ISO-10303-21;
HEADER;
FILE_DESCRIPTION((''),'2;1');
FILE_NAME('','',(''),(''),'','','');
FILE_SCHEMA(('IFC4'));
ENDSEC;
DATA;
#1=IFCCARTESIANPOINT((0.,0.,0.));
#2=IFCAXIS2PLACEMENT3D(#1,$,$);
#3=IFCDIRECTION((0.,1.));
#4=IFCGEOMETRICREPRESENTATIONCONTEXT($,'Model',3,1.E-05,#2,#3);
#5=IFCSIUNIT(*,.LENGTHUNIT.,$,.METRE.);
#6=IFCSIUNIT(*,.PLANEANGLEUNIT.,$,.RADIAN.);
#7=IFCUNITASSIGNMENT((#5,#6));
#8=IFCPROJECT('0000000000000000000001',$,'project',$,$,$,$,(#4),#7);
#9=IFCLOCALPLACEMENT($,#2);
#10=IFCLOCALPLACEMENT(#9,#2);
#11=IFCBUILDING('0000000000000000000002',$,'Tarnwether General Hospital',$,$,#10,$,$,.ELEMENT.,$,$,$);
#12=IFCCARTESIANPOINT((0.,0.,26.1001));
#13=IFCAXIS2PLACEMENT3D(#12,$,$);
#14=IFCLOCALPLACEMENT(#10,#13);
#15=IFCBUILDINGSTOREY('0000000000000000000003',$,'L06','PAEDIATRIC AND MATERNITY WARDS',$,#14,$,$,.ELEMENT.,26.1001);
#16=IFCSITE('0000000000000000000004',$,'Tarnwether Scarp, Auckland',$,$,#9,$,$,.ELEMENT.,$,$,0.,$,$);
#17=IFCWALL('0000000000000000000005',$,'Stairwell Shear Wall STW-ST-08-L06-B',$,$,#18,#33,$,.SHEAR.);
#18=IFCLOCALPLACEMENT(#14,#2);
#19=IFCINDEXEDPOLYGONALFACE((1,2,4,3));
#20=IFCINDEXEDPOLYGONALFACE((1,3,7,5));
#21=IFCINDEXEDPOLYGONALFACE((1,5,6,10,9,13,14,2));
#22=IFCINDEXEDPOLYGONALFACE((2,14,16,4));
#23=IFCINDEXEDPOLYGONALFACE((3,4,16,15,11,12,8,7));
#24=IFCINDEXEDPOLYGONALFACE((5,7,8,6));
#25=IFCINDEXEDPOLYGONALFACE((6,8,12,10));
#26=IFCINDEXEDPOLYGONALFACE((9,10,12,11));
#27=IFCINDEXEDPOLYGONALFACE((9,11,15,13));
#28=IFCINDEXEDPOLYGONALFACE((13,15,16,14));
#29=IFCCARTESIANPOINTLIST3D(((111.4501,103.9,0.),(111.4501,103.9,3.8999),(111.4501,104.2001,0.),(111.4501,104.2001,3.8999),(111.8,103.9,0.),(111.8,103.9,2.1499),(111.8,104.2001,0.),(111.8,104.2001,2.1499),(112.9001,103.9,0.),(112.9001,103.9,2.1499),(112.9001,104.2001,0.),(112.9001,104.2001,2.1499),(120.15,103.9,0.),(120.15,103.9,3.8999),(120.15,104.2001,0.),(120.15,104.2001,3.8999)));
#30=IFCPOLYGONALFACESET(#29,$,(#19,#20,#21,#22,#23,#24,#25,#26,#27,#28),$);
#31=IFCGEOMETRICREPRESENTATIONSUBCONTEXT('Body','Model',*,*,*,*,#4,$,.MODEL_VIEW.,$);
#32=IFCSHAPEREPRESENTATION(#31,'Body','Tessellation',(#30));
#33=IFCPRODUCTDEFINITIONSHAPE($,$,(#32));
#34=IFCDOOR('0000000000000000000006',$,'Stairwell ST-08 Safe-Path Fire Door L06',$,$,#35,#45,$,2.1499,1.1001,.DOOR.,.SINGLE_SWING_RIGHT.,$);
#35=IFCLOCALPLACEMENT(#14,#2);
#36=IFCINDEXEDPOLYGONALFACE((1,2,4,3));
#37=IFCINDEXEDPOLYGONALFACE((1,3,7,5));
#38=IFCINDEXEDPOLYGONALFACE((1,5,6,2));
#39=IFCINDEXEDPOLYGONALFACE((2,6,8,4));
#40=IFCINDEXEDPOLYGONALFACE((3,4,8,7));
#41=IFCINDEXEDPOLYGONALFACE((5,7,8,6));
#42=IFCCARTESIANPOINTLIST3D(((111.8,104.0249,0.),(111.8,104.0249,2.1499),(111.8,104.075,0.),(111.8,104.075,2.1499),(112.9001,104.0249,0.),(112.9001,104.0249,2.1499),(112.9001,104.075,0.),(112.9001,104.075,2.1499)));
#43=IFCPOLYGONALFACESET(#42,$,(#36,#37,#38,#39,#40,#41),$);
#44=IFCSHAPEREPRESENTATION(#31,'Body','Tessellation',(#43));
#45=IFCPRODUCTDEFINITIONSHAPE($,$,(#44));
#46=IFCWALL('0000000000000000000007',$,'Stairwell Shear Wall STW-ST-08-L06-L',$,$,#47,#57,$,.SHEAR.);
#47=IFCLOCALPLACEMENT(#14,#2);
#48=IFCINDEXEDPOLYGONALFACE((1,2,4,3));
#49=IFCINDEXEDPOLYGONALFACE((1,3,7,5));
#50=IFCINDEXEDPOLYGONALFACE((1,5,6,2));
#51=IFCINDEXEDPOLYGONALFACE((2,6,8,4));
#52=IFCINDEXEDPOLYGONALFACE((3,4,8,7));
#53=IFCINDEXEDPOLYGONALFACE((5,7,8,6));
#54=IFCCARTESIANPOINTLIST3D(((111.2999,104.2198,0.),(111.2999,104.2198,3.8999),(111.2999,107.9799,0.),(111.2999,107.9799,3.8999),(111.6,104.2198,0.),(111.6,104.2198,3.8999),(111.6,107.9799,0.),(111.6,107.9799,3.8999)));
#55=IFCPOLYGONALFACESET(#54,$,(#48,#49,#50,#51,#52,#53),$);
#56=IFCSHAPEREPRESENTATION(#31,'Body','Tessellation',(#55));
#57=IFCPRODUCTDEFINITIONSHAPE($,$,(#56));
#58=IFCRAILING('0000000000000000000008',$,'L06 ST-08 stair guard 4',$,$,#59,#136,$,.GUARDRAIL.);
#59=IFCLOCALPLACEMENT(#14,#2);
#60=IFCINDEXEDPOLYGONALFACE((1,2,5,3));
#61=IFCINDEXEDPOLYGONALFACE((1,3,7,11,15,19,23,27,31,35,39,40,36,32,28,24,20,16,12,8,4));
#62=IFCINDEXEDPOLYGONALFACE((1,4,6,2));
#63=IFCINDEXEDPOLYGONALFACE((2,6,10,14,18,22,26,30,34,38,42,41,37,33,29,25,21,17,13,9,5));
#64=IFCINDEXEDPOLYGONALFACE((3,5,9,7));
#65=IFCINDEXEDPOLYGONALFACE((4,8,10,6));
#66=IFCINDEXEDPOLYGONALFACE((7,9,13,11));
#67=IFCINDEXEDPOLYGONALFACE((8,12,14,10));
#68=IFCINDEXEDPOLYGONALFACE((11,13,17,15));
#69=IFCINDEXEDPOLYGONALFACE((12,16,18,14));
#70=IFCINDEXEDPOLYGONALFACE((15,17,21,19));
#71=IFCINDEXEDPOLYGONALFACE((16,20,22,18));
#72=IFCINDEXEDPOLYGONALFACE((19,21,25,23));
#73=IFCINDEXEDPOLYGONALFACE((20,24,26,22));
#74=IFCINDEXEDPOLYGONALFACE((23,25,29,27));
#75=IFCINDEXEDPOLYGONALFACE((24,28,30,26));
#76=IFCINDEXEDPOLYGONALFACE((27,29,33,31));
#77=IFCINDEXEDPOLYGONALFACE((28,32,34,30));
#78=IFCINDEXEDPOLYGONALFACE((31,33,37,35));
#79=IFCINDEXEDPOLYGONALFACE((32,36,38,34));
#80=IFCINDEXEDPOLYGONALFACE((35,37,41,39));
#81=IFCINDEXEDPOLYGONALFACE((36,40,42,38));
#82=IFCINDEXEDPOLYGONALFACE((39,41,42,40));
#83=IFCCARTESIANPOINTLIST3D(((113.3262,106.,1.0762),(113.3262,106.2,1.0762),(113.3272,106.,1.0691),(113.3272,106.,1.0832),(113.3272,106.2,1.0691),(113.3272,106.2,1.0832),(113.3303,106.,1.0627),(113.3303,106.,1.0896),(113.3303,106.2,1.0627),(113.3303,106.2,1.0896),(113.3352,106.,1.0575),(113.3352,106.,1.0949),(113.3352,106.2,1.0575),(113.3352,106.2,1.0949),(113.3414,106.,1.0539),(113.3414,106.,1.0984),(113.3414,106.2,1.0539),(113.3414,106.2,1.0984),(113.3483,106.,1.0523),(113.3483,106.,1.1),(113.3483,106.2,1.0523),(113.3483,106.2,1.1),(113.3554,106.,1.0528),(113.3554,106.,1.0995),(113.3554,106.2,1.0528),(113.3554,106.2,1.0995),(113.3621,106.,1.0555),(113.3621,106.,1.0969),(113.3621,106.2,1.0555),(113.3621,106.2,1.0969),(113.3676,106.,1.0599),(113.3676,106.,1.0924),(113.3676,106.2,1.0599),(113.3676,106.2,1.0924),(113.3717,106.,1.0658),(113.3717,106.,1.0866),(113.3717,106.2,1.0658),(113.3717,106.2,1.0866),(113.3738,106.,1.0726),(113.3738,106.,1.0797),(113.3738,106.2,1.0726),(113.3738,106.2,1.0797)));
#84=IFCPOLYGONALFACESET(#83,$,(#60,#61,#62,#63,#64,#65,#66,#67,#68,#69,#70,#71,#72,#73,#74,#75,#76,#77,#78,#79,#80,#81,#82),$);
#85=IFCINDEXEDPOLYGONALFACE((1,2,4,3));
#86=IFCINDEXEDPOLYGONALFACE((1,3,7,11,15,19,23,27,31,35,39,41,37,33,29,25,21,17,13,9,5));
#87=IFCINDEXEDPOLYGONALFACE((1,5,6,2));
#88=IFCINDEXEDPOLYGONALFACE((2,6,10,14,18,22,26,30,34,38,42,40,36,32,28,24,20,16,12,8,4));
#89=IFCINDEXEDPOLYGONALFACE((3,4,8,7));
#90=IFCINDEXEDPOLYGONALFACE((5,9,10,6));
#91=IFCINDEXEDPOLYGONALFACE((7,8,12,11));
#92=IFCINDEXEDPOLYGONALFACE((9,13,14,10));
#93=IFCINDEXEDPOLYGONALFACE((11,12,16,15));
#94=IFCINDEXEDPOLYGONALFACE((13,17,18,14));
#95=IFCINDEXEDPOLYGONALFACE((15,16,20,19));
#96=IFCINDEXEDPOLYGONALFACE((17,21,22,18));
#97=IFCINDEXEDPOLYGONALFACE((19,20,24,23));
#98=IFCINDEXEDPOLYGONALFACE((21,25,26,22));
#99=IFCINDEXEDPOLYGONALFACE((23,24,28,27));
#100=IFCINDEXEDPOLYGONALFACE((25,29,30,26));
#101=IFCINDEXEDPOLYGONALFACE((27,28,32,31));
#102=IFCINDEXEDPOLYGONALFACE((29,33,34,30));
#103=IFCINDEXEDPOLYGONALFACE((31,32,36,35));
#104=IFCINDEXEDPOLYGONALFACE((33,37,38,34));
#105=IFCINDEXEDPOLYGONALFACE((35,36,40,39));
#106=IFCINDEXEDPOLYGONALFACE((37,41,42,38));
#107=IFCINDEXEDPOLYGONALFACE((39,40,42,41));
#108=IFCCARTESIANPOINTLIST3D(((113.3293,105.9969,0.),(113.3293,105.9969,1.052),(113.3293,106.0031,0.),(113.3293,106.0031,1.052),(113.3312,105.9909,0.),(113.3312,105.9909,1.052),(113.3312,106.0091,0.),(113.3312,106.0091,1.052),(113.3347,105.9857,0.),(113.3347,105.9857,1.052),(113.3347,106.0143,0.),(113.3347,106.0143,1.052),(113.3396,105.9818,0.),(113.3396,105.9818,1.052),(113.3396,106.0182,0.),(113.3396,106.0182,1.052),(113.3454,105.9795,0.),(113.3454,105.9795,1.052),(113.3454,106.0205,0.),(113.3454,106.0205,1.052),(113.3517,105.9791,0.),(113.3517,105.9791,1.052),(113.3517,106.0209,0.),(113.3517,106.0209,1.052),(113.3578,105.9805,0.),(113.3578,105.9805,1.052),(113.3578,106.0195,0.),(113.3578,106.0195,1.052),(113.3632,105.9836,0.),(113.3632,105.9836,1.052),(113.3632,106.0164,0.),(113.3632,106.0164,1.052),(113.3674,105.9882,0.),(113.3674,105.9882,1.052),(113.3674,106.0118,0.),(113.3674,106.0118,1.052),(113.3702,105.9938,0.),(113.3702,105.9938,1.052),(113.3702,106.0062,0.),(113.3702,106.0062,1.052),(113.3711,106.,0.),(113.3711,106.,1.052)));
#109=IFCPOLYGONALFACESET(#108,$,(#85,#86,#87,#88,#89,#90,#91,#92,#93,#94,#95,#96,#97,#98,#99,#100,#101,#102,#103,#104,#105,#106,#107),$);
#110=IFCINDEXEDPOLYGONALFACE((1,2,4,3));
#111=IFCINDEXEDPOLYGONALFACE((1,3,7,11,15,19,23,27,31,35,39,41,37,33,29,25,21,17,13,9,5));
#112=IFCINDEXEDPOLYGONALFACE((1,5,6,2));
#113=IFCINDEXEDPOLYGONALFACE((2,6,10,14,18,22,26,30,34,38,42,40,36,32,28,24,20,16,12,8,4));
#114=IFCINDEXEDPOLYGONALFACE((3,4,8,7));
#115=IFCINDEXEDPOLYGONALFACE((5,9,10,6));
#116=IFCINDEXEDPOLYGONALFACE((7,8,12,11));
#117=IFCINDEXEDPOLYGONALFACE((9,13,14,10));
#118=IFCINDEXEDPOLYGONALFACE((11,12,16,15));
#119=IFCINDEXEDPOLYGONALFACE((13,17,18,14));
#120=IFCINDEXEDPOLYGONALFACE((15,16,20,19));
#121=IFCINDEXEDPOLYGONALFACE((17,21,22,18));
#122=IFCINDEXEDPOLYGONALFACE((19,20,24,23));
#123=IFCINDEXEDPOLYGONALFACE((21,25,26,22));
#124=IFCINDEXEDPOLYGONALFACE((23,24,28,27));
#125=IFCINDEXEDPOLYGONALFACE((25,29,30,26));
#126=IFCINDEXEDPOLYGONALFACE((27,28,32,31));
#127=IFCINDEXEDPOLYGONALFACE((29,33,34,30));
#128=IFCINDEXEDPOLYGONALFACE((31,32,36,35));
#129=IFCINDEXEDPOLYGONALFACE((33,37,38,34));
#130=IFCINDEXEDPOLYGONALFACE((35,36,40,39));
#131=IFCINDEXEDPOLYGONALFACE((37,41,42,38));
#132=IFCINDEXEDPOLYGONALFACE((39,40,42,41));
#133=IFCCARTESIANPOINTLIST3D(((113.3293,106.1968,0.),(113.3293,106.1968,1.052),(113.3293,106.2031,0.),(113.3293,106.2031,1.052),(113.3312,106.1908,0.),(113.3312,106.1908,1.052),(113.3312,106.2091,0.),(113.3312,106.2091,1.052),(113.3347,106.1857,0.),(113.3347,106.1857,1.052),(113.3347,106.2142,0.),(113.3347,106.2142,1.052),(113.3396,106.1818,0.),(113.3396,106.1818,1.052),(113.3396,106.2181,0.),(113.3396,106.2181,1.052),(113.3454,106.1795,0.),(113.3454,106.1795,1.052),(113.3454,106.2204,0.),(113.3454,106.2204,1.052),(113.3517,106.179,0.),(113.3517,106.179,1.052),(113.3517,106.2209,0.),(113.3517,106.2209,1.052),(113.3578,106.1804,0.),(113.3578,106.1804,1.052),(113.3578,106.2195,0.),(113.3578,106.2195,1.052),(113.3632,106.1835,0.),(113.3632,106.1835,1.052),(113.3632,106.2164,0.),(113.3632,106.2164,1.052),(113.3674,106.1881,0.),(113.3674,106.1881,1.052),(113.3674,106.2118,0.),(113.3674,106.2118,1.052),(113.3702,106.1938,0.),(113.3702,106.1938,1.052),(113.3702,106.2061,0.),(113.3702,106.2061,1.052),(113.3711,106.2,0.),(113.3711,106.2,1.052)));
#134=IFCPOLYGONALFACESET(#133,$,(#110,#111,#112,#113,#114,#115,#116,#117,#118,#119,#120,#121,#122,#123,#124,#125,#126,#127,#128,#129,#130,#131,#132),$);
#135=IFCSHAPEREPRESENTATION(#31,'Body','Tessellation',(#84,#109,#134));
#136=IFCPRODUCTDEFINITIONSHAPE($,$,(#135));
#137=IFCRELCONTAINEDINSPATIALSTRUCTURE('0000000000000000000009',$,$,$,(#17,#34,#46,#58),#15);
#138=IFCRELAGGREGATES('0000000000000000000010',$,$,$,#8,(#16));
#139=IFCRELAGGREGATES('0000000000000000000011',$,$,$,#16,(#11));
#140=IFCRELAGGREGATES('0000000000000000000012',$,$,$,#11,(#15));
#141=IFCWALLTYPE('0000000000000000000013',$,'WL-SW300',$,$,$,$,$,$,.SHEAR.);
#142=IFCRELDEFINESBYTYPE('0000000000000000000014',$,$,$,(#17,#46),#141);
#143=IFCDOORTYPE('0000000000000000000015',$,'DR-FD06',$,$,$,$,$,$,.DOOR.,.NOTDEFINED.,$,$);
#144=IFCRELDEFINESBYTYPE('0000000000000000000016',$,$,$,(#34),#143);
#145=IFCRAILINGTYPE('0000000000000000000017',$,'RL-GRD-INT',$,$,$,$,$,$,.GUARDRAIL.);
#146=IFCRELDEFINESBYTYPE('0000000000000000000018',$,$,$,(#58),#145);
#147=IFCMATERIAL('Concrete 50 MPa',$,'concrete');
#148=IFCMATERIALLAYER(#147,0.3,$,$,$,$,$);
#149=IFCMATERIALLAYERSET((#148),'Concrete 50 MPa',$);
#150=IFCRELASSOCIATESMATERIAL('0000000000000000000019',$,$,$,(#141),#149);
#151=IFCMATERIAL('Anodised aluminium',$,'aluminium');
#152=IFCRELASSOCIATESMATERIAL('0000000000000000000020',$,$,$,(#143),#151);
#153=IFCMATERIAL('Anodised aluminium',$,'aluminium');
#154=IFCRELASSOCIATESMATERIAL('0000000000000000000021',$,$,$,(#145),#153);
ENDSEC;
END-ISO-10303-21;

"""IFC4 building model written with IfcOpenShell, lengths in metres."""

from ifc_helpers import new_model, si_unit, direction, frame, frame_2d, origin, origin_2d, place, context, subcontext, project, spatial, rectangle, circle, extrude, material, layer, layer_set, type_object, element, fill, save


model = new_model("IFC4")

# Units and contexts
model_context = context("Model", 3, precision=1e-05, world=origin(), true_north=direction((0.0, 1.0)))
body_context = subcontext(model_context, "Body", "Model", "MODEL_VIEW")
ifc_project = project(units=[si_unit("LENGTHUNIT", "METRE"), si_unit("PLANEANGLEUNIT", "RADIAN")], contexts=[model_context])

# Site, building, storey
site_placement = place(None, origin())
site = spatial("IfcSite", under=ifc_project, at=site_placement, Name="Tarnwether Scarp, Auckland", CompositionType="ELEMENT", RefElevation=0.0)
building_placement = place(site_placement, origin())
building = spatial("IfcBuilding", under=site, at=building_placement, Name="Tarnwether General Hospital", CompositionType="ELEMENT")
storey_placement = place(building_placement, frame((0.0, 0.0, 26.1001)))
storey = spatial("IfcBuildingStorey", under=building, at=storey_placement, Name="L06", Description="PAEDIATRIC AND MATERNITY WARDS", CompositionType="ELEMENT", Elevation=26.1001)

# Wall, opening, door
ifc_material_1 = material(Name="Concrete 50 MPa", Category="concrete")
ifc_layer_1 = layer(ifc_material_1, 0.3)
ifc_layer_set_1 = layer_set([ifc_layer_1], Name="Concrete 50 MPa")
wall_type_1 = type_object("IfcWallType", Name="WL-SW300", PredefinedType="SHEAR", material=ifc_layer_set_1)
wall_1_placement = place(storey_placement, frame((111.45, 104.05, 0.0), z_axis=(0.0, 0.0, 1.0), x_axis=(1.0, 0.0, 0.0)))
wall_1 = element("IfcWall", 1, at=wall_1_placement, inside=storey, type_object=wall_type_1, Name="Stairwell Shear Wall STW-ST-08-L06-B", PredefinedType="SHEAR", context=body_context, shape_type="SweptSolid", body=[
    extrude(rectangle(XDim=8.7, YDim=0.3, at=frame_2d((4.3501, 0.0))), origin(), (0.0, 0.0, 1.0), 3.8999),
])
opening_placement = place(wall_1_placement, frame((0.3501, 0.0, 0.0)))
opening = element("IfcOpeningElement", 2, at=opening_placement, cuts=wall_1, PredefinedType="OPENING", context=body_context, shape_type="SweptSolid", body=[
    extrude(rectangle(XDim=1.1001, YDim=2.1499, at=frame_2d((0.55, 1.075))), frame((0.0, 0.1602, 0.0), z_axis=(0.0, -1.0, 0.0), x_axis=(1.0, 0.0, 0.0)), (0.0, 0.0, 1.0), 0.3201),
])
ifc_material_2 = material(Name="Anodised aluminium", Category="aluminium")
door_type = type_object("IfcDoorType", Name="DR-FD06", OperationType="NOTDEFINED", PredefinedType="DOOR", material=ifc_material_2)
door_placement = place(opening_placement, origin())
door = element("IfcDoor", 3, at=door_placement, inside=storey, type_object=door_type, Name="Stairwell ST-08 Safe-Path Fire Door L06", OperationType="SINGLE_SWING_RIGHT", OverallHeight=2.1499, OverallWidth=1.1001, PredefinedType="DOOR", context=body_context, shape_type="SweptSolid", body=[
    extrude(rectangle(XDim=1.1001, YDim=2.1499, at=frame_2d((0.55, 1.075))), frame((0.0, 0.0249, 0.0), z_axis=(0.0, -1.0, 0.0), x_axis=(1.0, 0.0, 0.0)), (0.0, 0.0, 1.0), 0.05),
])
fill(opening, door)

# Wall
wall_2_placement = place(storey_placement, frame((111.45, 104.22, 0.0), z_axis=(0.0, 0.0, 1.0), x_axis=(0.0, 1.0, 0.0)))
element("IfcWall", 4, at=wall_2_placement, inside=storey, type_object=wall_type_1, Name="Stairwell Shear Wall STW-ST-08-L06-L", PredefinedType="SHEAR", context=body_context, shape_type="SweptSolid", body=[
    extrude(rectangle(XDim=3.76, YDim=0.3, at=frame_2d((1.8799, 0.0))), origin(), (0.0, 0.0, 1.0), 3.8999),
])

# Railing
ifc_material_3 = material(Name="Anodised aluminium", Category="aluminium")
railing_type = type_object("IfcRailingType", Name="RL-GRD-INT", PredefinedType="GUARDRAIL", material=ifc_material_3)
railing_placement = place(storey_placement, frame((113.3501, 106.0, 0.0)))
element("IfcRailing", 5, at=railing_placement, inside=storey, type_object=railing_type, Name="L06 ST-08 stair guard 4", PredefinedType="GUARDRAIL", context=body_context, shape_type="SweptSolid", body=[
    extrude(circle(Radius=0.0239, at=origin_2d()), frame((0.0, 0.0, 1.0762), z_axis=(0.0, 1.0, 0.0), x_axis=(-1.0, 0.0, 0.0)), (0.0, 0.0, 1.0), 0.2),
    extrude(circle(Radius=0.021, at=origin_2d()), origin(), (0.0, 0.0, 1.0), 1.052),
    extrude(circle(Radius=0.021, at=origin_2d()), frame((0.0, 0.2, 0.0)), (0.0, 0.0, 1.0), 1.052),
])

save(model, "model.ifc")
